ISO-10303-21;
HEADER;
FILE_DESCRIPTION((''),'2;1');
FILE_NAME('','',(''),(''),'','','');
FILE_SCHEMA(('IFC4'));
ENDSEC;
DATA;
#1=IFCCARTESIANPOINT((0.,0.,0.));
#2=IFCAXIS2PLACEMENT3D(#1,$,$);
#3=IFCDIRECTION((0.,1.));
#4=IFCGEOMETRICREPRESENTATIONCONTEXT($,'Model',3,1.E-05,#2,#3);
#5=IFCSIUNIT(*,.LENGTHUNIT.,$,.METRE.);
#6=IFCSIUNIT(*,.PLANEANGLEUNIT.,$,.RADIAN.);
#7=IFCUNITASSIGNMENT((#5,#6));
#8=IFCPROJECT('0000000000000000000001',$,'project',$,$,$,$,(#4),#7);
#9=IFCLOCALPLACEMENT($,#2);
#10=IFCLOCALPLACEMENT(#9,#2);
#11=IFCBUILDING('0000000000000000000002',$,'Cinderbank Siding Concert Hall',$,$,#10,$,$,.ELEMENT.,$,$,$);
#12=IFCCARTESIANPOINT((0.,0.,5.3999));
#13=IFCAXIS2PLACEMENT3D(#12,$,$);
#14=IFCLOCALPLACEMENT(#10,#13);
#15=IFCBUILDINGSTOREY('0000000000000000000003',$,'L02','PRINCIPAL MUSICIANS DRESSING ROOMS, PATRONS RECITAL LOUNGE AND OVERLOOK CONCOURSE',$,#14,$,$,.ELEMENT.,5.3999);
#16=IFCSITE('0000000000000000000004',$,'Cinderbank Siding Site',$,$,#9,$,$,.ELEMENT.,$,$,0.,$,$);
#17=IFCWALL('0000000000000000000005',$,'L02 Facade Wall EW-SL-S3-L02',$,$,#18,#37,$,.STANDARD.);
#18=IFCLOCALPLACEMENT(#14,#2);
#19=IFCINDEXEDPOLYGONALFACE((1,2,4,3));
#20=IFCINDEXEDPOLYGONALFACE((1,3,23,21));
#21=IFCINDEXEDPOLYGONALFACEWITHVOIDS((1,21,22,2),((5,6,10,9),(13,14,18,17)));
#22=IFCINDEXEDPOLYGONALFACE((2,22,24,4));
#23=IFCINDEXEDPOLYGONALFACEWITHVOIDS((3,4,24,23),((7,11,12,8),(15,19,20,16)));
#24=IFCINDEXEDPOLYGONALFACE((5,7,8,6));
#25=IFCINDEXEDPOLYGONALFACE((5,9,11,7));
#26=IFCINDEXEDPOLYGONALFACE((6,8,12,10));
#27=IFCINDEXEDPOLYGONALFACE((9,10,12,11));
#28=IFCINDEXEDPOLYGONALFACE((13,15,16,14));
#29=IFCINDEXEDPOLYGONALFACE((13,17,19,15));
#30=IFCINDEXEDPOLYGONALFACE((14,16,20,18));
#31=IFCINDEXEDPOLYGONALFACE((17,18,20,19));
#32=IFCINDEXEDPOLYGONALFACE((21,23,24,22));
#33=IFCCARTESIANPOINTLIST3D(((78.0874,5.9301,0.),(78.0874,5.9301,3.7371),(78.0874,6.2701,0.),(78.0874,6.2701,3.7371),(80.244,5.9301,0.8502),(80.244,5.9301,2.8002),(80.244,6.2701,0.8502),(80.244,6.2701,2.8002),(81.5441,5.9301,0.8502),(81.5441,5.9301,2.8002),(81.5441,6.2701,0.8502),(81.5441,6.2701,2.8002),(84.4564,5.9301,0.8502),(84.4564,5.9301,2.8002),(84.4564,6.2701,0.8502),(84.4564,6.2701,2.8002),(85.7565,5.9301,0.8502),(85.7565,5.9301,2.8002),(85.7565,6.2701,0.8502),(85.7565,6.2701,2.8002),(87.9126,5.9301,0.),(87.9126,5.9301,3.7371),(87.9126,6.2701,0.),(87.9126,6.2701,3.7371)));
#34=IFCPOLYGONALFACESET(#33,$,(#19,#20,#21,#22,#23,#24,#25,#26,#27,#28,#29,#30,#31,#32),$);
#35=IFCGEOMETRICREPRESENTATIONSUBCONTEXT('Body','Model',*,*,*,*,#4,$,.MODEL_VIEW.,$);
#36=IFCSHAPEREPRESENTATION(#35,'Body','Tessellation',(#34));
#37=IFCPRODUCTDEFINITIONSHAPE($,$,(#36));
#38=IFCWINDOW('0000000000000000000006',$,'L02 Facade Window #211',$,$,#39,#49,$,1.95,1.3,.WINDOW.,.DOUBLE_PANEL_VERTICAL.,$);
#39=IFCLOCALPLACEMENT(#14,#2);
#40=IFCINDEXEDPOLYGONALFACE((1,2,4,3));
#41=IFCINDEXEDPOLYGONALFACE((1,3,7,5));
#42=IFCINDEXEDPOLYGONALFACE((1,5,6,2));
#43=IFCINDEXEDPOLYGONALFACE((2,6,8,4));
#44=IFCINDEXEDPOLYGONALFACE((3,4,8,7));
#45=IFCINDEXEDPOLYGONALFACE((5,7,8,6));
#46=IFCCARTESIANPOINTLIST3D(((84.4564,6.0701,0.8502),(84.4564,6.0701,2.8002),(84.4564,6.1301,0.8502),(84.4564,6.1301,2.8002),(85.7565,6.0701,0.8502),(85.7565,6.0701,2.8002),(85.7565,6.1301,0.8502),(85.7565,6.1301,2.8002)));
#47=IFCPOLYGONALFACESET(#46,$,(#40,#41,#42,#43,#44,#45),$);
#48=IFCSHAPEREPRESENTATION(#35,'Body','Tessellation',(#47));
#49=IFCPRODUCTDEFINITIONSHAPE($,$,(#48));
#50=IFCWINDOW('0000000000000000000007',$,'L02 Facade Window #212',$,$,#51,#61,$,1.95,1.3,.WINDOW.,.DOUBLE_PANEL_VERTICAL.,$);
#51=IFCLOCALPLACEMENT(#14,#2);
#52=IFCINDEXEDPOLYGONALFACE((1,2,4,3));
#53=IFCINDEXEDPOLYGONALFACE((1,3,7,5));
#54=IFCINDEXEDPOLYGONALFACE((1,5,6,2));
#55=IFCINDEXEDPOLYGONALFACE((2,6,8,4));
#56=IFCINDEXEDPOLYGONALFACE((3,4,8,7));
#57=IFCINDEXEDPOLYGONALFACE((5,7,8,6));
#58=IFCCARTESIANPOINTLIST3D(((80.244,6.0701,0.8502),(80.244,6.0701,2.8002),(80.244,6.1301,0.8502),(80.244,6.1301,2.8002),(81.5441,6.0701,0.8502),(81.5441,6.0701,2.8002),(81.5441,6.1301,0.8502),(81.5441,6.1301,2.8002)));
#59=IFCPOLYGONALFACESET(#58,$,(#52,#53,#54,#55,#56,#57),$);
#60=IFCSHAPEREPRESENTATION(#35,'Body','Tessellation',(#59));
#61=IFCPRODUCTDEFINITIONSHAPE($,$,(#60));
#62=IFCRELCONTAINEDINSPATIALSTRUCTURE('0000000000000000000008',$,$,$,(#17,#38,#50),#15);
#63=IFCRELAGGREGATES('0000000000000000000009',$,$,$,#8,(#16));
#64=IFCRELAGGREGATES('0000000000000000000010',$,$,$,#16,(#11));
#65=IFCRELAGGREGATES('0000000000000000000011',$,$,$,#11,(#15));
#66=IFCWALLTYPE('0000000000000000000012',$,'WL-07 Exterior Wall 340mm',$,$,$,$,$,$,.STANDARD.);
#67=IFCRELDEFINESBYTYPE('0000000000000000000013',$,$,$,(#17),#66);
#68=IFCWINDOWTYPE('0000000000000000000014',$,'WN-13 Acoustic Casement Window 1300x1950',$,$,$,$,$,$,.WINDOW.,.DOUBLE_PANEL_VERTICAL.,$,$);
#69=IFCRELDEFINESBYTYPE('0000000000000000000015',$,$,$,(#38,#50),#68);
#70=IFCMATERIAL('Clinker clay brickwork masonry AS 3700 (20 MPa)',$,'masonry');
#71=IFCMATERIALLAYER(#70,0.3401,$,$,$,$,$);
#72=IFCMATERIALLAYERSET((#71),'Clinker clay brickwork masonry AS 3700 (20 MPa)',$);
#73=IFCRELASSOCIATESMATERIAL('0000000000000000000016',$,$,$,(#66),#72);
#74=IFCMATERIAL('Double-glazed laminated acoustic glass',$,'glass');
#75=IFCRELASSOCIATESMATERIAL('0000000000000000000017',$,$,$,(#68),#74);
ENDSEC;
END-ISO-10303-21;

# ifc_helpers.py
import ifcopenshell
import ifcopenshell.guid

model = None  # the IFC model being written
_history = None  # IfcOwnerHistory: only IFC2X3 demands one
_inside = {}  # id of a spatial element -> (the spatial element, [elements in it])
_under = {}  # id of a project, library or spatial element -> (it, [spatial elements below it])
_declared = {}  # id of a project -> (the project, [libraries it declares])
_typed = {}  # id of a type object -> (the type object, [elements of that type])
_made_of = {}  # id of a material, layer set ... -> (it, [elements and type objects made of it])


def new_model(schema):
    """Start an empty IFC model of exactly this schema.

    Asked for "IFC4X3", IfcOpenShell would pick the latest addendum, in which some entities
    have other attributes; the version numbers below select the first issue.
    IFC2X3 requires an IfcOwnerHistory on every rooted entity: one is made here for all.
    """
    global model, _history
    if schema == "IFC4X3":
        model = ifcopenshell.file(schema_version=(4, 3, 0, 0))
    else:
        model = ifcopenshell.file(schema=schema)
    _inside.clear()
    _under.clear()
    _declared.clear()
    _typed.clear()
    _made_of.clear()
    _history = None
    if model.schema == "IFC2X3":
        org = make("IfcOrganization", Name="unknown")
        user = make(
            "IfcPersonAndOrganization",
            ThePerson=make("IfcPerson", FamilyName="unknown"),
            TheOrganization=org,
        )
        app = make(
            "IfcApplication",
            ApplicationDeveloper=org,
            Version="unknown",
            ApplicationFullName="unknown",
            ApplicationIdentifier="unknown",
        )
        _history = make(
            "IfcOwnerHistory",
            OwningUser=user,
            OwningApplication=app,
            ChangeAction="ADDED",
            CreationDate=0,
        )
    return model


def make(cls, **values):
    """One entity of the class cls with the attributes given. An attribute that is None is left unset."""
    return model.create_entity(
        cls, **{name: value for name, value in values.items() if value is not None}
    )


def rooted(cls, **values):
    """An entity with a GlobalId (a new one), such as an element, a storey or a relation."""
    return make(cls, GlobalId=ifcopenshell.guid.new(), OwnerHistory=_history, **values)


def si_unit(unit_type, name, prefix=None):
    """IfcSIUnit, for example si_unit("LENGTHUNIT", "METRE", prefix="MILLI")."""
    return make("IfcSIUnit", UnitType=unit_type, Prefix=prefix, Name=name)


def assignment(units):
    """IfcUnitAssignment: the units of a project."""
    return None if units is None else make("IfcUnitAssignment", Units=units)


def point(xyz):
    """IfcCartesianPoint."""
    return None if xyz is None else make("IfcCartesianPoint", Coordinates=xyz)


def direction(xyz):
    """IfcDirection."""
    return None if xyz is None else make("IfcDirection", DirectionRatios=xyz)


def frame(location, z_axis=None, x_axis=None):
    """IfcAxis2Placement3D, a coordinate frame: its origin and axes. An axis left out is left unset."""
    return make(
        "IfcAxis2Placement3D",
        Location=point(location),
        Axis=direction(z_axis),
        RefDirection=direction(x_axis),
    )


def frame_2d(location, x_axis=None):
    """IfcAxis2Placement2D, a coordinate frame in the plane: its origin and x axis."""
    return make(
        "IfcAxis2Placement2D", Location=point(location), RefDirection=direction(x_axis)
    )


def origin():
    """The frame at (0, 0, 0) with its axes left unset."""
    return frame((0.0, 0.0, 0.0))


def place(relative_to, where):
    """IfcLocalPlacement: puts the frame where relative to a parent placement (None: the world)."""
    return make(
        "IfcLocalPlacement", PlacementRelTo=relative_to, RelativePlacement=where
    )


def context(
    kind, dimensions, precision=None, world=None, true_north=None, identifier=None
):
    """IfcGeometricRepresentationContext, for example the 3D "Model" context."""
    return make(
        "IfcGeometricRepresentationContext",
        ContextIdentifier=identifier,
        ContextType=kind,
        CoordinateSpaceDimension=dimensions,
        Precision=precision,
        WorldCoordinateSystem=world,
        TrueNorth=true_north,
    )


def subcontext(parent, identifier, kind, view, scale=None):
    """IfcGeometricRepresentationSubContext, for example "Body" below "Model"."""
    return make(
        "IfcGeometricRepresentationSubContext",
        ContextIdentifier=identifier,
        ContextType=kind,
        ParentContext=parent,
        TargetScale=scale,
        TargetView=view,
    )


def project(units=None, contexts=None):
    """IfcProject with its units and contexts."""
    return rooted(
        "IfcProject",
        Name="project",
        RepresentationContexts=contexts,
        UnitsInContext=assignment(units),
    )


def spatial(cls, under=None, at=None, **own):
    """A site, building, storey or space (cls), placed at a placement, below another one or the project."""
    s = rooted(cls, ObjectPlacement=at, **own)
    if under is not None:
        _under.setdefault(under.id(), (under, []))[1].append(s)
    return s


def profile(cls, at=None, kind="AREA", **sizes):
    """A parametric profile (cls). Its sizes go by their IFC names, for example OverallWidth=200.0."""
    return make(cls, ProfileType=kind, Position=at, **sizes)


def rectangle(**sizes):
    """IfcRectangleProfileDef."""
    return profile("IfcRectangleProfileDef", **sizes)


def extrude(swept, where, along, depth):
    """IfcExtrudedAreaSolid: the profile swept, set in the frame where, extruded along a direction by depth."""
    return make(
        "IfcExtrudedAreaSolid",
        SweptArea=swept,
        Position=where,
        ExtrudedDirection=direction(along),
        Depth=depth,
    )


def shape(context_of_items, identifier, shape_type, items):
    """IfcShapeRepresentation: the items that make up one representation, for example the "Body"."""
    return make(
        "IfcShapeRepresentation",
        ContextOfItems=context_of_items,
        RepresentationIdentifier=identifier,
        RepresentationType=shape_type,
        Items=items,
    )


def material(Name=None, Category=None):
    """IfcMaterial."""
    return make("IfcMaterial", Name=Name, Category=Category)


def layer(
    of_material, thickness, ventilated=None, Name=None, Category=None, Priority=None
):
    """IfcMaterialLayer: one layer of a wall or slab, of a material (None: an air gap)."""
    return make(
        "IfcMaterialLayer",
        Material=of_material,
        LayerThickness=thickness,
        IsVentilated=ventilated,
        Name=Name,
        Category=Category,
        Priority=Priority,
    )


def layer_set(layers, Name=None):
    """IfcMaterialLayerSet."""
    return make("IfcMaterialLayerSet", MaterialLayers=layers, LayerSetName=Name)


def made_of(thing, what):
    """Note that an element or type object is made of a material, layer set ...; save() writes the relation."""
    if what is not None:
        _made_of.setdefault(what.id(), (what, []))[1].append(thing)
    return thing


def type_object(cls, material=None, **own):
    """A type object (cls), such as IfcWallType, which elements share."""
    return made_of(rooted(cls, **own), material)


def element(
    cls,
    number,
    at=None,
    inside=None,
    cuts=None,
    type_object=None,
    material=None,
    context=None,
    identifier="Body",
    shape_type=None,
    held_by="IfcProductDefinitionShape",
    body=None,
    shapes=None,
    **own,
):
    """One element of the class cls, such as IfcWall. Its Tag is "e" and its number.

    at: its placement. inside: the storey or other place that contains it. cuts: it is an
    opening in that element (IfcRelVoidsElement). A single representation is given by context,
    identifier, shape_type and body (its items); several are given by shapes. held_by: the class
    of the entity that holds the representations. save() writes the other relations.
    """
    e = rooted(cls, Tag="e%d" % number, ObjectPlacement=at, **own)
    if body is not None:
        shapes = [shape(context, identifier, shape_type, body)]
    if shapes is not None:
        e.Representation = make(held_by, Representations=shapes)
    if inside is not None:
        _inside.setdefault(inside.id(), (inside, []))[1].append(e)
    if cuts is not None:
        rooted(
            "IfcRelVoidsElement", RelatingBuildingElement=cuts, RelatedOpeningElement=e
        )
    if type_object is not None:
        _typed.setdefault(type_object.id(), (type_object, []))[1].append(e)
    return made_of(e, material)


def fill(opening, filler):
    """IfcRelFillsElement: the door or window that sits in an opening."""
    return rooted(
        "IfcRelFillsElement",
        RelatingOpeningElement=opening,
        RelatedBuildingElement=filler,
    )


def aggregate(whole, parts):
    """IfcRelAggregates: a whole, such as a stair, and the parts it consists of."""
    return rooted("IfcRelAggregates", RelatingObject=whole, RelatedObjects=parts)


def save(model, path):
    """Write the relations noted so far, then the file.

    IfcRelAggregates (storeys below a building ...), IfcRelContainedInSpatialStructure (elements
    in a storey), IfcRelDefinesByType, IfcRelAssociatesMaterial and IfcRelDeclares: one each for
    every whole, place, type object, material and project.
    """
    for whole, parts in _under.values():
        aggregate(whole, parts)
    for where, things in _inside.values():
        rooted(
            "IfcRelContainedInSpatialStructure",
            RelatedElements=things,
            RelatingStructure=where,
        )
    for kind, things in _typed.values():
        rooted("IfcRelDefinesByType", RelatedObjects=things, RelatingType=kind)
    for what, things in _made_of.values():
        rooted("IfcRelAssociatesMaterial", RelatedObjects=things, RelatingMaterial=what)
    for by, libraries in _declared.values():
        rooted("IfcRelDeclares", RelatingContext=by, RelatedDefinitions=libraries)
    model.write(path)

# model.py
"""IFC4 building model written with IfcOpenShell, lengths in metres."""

from ifc_helpers import new_model, si_unit, direction, frame, frame_2d, origin, place, context, subcontext, project, spatial, rectangle, extrude, material, layer, layer_set, type_object, element, fill, save


model = new_model("IFC4")

# Units and contexts
model_context = context("Model", 3, precision=1e-05, world=origin(), true_north=direction((0.0, 1.0)))
body_context = subcontext(model_context, "Body", "Model", "MODEL_VIEW")
ifc_project = project(units=[si_unit("LENGTHUNIT", "METRE"), si_unit("PLANEANGLEUNIT", "RADIAN")], contexts=[model_context])

# Site, building, storey
site_placement = place(None, origin())
site = spatial("IfcSite", under=ifc_project, at=site_placement, Name="Cinderbank Siding Site", CompositionType="ELEMENT", RefElevation=0.0)
building_placement = place(site_placement, origin())
building = spatial("IfcBuilding", under=site, at=building_placement, Name="Cinderbank Siding Concert Hall", CompositionType="ELEMENT")
storey_placement = place(building_placement, frame((0.0, 0.0, 5.3999)))
storey = spatial("IfcBuildingStorey", under=building, at=storey_placement, Name="L02", Description="PRINCIPAL MUSICIANS DRESSING ROOMS, PATRONS RECITAL LOUNGE AND OVERLOOK CONCOURSE", CompositionType="ELEMENT", Elevation=5.3999)

# Shared definitions
ifc_material_1 = material(Name="Double-glazed laminated acoustic glass", Category="glass")

# Wall, openings, windows
ifc_material_2 = material(Name="Clinker clay brickwork masonry AS 3700 (20 MPa)", Category="masonry")
ifc_layer_1 = layer(ifc_material_2, 0.3401)
ifc_layer_set_1 = layer_set([ifc_layer_1], Name="Clinker clay brickwork masonry AS 3700 (20 MPa)")
wall_type_1 = type_object("IfcWallType", Name="WL-07 Exterior Wall 340mm", PredefinedType="STANDARD", material=ifc_layer_set_1)
wall_1_placement = place(storey_placement, frame((87.9126, 6.1001, 0.0), z_axis=(0.0, 0.0, 1.0), x_axis=(-1.0, 0.0, 0.0)))
wall_1 = element("IfcWall", 1, at=wall_1_placement, inside=storey, type_object=wall_type_1, Name="L02 Facade Wall EW-SL-S3-L02", PredefinedType="STANDARD", context=body_context, shape_type="SweptSolid", body=[
    extrude(rectangle(XDim=9.8252, YDim=0.3401, at=frame_2d((4.9126, 0.0))), origin(), (0.0, 0.0, 1.0), 3.7371),
])
opening_1_placement = place(wall_1_placement, frame((2.1562, 0.0, 0.8501)))
opening_1 = element("IfcOpeningElement", 2, at=opening_1_placement, cuts=wall_1, PredefinedType="OPENING", context=body_context, shape_type="SweptSolid", body=[
    extrude(rectangle(XDim=1.3, YDim=1.95, at=frame_2d((0.6499, 0.9751))), frame((0.0, 0.1821, 0.0), z_axis=(0.0, -1.0, 0.0), x_axis=(1.0, 0.0, 0.0)), (0.0, 0.0, 1.0), 0.364),
])
opening_2_placement = place(wall_1_placement, frame((6.3687, 0.0, 0.8501)))
opening_2 = element("IfcOpeningElement", 3, at=opening_2_placement, cuts=wall_1, PredefinedType="OPENING", context=body_context, shape_type="SweptSolid", body=[
    extrude(rectangle(XDim=1.3, YDim=1.95, at=frame_2d((0.6499, 0.9751))), frame((0.0, 0.1821, 0.0), z_axis=(0.0, -1.0, 0.0), x_axis=(1.0, 0.0, 0.0)), (0.0, 0.0, 1.0), 0.364),
])
window_type_1 = type_object("IfcWindowType", Name="WN-13 Acoustic Casement Window 1300x1950", PartitioningType="DOUBLE_PANEL_VERTICAL", PredefinedType="WINDOW", material=ifc_material_1)
window_1_placement = place(opening_1_placement, origin())
window_1 = element("IfcWindow", 4, at=window_1_placement, inside=storey, type_object=window_type_1, Name="L02 Facade Window #211", OverallHeight=1.95, OverallWidth=1.3, PartitioningType="DOUBLE_PANEL_VERTICAL", PredefinedType="WINDOW", context=body_context, shape_type="SweptSolid", body=[
    extrude(rectangle(XDim=1.3, YDim=1.95, at=frame_2d((0.6499, 0.9751))), frame((0.0, 0.03, 0.0), z_axis=(0.0, -1.0, 0.0), x_axis=(1.0, 0.0, 0.0)), (0.0, 0.0, 1.0), 0.0601),
])
fill(opening_1, window_1)
window_2_placement = place(opening_2_placement, origin())
window_2 = element("IfcWindow", 5, at=window_2_placement, inside=storey, type_object=window_type_1, Name="L02 Facade Window #212", OverallHeight=1.95, OverallWidth=1.3, PartitioningType="DOUBLE_PANEL_VERTICAL", PredefinedType="WINDOW", context=body_context, shape_type="SweptSolid", body=[
    extrude(rectangle(XDim=1.3, YDim=1.95, at=frame_2d((0.6499, 0.9751))), frame((0.0, 0.03, 0.0), z_axis=(0.0, -1.0, 0.0), x_axis=(1.0, 0.0, 0.0)), (0.0, 0.0, 1.0), 0.0601),
])
fill(opening_2, window_2)

save(model, "model.ifc")
